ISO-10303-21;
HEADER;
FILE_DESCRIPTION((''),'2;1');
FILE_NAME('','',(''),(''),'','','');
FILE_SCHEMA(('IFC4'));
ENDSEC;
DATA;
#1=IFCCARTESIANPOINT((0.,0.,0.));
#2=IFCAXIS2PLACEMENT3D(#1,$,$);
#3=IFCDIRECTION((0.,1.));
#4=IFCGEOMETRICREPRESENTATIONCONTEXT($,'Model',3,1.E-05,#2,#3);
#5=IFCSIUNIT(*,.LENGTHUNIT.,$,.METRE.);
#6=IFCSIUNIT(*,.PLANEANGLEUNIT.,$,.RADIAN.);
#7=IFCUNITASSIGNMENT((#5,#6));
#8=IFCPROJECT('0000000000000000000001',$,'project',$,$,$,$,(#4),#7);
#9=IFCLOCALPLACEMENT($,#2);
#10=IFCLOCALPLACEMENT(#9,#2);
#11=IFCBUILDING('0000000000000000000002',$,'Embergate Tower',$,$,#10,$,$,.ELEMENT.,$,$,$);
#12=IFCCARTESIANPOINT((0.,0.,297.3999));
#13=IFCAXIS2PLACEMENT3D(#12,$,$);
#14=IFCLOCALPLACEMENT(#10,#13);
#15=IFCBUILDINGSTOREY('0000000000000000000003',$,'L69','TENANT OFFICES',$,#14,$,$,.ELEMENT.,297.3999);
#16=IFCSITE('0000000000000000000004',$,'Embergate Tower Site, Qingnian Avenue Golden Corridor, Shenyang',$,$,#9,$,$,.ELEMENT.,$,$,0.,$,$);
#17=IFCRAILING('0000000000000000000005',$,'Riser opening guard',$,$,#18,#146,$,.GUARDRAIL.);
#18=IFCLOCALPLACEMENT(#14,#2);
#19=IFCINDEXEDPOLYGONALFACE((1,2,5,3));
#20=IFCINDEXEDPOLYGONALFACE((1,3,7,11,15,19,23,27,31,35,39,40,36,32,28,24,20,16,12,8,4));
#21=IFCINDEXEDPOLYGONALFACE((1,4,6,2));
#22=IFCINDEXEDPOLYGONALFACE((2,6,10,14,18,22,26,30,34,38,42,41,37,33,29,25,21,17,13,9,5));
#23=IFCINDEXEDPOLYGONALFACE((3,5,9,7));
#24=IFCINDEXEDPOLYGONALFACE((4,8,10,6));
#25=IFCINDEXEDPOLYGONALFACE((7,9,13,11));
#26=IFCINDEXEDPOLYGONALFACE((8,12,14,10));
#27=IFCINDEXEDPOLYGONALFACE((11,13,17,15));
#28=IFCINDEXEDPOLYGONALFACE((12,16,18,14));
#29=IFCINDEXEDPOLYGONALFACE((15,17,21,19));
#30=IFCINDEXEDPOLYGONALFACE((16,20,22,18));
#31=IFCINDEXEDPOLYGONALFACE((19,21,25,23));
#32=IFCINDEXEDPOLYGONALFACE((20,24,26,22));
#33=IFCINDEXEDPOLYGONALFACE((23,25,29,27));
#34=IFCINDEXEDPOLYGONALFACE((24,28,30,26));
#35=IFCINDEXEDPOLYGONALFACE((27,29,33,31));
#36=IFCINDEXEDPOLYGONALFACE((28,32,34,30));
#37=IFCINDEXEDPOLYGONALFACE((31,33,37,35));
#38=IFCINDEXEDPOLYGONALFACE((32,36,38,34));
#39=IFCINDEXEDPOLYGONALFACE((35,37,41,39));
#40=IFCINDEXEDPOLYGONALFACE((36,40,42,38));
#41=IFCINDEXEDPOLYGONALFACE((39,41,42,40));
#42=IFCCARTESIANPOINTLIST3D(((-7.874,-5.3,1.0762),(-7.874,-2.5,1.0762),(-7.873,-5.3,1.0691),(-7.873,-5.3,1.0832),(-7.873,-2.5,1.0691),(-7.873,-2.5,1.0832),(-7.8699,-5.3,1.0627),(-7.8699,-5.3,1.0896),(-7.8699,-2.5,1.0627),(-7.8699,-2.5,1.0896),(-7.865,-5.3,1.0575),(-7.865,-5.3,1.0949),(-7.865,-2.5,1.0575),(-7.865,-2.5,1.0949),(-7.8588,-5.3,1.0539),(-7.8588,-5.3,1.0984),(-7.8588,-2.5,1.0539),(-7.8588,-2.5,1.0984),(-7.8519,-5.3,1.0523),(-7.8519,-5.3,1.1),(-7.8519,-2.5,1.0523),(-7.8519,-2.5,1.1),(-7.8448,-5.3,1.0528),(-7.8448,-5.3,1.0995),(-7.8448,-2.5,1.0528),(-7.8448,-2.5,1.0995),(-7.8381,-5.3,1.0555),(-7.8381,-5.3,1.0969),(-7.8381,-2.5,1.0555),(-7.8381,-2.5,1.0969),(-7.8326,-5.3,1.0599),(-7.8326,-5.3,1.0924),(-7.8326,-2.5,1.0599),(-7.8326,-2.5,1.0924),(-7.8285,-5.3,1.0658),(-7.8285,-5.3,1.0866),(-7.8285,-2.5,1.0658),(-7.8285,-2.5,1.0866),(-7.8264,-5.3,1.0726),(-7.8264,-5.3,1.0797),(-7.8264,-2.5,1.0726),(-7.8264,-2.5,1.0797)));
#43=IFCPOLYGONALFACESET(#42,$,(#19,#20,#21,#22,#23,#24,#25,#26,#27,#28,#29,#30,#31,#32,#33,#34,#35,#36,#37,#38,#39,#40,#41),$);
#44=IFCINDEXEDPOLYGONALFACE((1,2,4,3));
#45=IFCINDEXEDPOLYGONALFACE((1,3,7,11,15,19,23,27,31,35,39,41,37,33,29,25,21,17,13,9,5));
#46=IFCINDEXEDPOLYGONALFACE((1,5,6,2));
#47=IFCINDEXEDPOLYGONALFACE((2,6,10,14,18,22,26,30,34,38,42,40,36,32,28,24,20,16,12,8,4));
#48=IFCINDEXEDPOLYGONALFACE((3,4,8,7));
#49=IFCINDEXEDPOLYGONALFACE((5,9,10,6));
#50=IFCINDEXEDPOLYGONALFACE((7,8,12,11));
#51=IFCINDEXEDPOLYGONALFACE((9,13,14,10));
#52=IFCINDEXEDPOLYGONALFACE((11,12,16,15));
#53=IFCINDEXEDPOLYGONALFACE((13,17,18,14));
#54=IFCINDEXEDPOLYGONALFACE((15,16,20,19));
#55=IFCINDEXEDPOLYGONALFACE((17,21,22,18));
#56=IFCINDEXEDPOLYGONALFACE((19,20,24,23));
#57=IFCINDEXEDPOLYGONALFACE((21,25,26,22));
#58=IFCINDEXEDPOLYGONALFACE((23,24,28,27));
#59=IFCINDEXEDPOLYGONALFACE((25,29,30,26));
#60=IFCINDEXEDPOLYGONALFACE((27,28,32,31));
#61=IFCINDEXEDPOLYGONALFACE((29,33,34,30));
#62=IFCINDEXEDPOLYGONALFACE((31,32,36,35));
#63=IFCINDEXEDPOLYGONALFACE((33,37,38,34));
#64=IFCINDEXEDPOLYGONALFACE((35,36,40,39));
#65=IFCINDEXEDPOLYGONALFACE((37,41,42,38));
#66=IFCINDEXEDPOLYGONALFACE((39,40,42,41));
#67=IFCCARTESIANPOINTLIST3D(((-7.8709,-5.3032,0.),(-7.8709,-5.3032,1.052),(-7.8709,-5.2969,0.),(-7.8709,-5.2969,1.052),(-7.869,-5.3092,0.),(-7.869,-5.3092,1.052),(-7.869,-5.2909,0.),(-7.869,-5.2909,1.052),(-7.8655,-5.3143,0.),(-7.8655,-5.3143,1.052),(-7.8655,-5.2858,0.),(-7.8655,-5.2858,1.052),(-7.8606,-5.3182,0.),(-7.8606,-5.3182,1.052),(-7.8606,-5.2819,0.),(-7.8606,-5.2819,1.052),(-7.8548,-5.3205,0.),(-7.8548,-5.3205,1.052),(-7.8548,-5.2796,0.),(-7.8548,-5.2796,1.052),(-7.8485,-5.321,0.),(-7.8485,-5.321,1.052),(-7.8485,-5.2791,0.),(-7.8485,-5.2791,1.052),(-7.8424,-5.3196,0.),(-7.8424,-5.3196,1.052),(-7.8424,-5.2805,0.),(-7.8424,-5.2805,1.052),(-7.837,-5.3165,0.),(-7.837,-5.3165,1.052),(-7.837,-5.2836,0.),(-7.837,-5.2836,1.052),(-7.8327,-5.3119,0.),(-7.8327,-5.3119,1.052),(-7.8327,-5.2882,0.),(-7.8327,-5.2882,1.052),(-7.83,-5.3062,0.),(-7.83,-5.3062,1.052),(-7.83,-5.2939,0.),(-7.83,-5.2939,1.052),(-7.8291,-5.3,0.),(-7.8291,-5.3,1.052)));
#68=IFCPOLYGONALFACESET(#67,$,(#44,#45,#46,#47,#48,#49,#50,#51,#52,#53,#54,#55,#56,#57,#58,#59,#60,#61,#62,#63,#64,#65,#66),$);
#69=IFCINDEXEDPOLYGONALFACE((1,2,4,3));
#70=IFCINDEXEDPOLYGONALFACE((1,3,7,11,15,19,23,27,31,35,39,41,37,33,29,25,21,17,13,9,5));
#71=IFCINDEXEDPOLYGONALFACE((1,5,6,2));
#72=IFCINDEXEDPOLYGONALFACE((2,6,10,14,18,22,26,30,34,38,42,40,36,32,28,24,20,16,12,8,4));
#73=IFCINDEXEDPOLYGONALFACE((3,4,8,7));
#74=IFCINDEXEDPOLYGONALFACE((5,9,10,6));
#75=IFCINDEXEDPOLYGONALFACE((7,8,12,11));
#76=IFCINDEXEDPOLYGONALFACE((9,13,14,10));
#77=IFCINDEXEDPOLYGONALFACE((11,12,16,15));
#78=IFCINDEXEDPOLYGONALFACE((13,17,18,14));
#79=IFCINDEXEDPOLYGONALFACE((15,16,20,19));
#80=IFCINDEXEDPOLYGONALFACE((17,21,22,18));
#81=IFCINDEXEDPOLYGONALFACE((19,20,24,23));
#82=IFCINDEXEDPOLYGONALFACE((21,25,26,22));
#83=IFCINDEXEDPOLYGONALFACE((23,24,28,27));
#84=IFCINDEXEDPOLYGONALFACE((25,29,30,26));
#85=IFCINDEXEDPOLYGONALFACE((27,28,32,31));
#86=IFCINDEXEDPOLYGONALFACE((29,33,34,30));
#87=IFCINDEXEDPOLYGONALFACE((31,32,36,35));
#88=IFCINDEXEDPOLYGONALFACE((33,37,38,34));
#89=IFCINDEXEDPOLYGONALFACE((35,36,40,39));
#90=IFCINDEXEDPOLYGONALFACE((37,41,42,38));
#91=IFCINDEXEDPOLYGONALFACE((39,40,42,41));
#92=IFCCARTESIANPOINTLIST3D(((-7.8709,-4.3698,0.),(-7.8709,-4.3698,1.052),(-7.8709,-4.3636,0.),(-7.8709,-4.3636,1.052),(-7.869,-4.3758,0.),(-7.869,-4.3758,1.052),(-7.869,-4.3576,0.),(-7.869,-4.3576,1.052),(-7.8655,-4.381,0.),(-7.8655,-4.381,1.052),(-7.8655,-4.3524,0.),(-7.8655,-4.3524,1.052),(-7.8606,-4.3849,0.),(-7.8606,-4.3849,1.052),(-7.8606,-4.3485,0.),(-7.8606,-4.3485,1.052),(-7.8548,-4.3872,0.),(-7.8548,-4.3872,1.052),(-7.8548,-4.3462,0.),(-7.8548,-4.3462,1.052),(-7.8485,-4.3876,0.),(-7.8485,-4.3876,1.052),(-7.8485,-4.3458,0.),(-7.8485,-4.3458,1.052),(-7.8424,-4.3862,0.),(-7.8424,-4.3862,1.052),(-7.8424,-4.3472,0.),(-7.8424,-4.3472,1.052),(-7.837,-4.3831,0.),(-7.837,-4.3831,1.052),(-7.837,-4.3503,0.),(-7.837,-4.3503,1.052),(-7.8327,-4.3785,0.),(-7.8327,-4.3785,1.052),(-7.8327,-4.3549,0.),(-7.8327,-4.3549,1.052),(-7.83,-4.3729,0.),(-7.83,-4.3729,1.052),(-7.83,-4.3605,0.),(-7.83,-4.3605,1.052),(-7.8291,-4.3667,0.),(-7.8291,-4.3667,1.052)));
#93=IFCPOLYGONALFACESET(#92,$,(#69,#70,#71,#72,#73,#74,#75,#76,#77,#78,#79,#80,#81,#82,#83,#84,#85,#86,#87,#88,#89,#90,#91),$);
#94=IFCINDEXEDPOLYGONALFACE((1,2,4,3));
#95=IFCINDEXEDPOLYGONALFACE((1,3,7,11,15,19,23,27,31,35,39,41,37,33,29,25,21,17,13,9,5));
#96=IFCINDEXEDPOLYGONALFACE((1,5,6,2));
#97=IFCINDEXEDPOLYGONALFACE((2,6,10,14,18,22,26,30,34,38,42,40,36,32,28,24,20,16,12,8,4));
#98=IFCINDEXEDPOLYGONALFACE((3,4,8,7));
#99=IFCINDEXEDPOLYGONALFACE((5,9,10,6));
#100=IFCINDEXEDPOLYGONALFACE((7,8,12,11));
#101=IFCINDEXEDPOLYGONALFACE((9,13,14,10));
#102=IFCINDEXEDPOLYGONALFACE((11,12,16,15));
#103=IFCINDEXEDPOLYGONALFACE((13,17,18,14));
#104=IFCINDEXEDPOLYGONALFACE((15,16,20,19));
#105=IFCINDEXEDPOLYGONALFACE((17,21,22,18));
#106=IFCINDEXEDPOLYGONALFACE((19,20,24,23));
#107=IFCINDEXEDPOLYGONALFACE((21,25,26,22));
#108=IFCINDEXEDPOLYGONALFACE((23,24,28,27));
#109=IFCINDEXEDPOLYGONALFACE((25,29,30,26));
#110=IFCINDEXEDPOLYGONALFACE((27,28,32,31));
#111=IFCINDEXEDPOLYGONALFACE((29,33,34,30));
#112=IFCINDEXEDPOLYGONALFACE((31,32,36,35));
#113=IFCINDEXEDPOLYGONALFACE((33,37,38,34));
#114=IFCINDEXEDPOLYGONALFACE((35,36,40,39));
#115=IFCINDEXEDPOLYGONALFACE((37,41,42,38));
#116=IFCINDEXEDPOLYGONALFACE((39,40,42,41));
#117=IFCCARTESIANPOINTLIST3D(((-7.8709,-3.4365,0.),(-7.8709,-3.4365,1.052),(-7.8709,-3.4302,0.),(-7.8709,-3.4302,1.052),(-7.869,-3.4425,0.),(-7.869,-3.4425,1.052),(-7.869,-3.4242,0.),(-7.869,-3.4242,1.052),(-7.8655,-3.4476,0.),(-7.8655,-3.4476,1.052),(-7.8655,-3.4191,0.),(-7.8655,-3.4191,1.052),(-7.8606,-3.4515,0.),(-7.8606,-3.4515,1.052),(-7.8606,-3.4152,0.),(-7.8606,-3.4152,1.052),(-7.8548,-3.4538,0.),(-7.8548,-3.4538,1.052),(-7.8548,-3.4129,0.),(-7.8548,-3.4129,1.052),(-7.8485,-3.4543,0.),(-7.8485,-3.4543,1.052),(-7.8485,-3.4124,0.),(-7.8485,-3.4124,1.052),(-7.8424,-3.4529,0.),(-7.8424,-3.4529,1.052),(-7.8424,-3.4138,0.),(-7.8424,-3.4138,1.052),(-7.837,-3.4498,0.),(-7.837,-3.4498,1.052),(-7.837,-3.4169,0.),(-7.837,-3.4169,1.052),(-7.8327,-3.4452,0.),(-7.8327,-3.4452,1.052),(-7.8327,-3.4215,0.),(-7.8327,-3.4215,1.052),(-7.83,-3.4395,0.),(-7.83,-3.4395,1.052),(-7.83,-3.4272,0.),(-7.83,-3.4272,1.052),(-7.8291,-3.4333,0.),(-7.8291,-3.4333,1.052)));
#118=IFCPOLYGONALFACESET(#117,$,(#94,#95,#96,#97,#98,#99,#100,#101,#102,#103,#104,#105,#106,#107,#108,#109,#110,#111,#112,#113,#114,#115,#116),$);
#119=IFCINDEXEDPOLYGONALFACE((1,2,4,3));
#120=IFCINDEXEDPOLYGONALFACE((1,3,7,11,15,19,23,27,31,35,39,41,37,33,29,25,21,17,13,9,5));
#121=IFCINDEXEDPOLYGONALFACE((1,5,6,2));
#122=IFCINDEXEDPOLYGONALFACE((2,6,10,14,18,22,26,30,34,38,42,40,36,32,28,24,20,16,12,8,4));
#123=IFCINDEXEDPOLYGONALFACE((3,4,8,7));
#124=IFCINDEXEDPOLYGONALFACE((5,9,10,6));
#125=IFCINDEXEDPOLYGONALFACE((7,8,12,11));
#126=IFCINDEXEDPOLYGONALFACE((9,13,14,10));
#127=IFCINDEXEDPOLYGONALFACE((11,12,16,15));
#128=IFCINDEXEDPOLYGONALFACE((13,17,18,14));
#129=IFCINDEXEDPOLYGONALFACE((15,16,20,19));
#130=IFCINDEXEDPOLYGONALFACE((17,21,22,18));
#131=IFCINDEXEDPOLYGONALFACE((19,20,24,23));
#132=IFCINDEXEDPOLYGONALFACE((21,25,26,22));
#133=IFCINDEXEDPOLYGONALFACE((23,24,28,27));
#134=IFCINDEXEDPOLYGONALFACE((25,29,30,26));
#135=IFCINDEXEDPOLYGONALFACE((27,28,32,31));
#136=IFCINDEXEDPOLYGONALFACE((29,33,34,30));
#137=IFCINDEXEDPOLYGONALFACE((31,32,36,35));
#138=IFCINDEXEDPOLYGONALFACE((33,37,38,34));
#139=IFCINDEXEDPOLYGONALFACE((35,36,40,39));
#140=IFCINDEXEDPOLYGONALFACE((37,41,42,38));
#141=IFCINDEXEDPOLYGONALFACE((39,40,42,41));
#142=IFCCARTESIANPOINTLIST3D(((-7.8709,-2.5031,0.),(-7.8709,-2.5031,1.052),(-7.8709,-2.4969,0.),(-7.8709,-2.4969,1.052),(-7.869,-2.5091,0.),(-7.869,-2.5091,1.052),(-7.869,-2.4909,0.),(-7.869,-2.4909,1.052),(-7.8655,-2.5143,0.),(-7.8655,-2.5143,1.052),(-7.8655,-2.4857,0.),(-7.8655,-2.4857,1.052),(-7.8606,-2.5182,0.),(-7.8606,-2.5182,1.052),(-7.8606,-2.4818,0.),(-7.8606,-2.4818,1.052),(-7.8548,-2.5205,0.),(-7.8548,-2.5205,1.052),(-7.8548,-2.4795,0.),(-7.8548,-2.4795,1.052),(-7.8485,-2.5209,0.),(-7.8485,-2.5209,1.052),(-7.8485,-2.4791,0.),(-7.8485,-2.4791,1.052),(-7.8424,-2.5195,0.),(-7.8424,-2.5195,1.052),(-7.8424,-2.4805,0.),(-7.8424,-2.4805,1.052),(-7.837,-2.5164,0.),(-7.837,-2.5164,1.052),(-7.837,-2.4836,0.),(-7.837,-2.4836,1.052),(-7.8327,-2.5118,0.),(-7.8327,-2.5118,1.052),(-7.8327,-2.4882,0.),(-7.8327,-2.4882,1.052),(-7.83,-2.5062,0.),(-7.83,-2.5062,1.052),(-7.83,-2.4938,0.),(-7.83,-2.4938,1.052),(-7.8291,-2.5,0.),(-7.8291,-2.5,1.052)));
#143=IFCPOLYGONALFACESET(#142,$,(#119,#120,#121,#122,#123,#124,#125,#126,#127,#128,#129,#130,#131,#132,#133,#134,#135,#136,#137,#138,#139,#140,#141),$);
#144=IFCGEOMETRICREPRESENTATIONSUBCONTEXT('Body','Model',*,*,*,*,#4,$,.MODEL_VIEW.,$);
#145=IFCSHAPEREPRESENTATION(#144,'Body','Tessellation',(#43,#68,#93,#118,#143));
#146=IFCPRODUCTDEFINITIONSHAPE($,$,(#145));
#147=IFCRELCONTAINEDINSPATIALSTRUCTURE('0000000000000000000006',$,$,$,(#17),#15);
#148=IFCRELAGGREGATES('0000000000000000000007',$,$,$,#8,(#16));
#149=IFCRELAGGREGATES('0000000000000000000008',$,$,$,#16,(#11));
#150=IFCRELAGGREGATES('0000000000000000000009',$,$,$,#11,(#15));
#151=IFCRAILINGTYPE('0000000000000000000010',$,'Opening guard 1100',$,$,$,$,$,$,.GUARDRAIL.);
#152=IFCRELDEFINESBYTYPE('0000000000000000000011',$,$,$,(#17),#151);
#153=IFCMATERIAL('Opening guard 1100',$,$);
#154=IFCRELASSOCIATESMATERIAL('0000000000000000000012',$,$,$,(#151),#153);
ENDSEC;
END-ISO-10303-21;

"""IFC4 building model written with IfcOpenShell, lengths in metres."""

from ifc_helpers import new_model, si_unit, direction, frame, origin, origin_2d, place, context, subcontext, project, spatial, circle, extrude, source, transform, mapped, material, type_object, element, save


model = new_model("IFC4")

# Units and contexts
model_context = context("Model", 3, precision=1e-05, world=origin(), true_north=direction((0.0, 1.0)))
body_context = subcontext(model_context, "Body", "Model", "MODEL_VIEW")
ifc_project = project(units=[si_unit("LENGTHUNIT", "METRE"), si_unit("PLANEANGLEUNIT", "RADIAN")], contexts=[model_context])

# Site, building, storey
site_placement = place(None, origin())
site = spatial("IfcSite", under=ifc_project, at=site_placement, Name="Embergate Tower Site, Qingnian Avenue Golden Corridor, Shenyang", CompositionType="ELEMENT", RefElevation=0.0)
building_placement = place(site_placement, origin())
building = spatial("IfcBuilding", under=site, at=building_placement, Name="Embergate Tower", CompositionType="ELEMENT")
storey_placement = place(building_placement, frame((0.0, 0.0, 297.3999)))
storey = spatial("IfcBuildingStorey", under=building, at=storey_placement, Name="L69", Description="TENANT OFFICES", CompositionType="ELEMENT", Elevation=297.3999)

# Railing
ifc_material_1 = material(Name="Opening guard 1100")
railing_type_1 = type_object("IfcRailingType", Name="Opening guard 1100", PredefinedType="GUARDRAIL", material=ifc_material_1)
shared_shape_1 = source(origin(), body_context, "Body", "SweptSolid", [
    extrude(circle(Radius=0.0239, at=origin_2d()), frame((0.0, 0.0, 1.0762), z_axis=(0.0, 1.0, 0.0), x_axis=(-1.0, 0.0, 0.0)), (0.0, 0.0, 1.0), 2.8),
    extrude(circle(Radius=0.021, at=origin_2d()), origin(), (0.0, 0.0, 1.0), 1.052),
    extrude(circle(Radius=0.021, at=origin_2d()), frame((0.0, 0.9333, 0.0)), (0.0, 0.0, 1.0), 1.052),
    extrude(circle(Radius=0.021, at=origin_2d()), frame((0.0, 1.8667, 0.0)), (0.0, 0.0, 1.0), 1.052),
    extrude(circle(Radius=0.021, at=origin_2d()), frame((0.0, 2.8, 0.0)), (0.0, 0.0, 1.0), 1.052),
])
railing_1_placement = place(storey_placement, frame((-7.8501, -5.3, 0.0)))
element("IfcRailing", 1, at=railing_1_placement, inside=storey, type_object=railing_type_1, Name="Riser opening guard", PredefinedType="GUARDRAIL", context=body_context, shape_type="MappedRepresentation", body=[
    mapped(shared_shape_1, transform((0.0, 0.0, 0.0))),
])

save(model, "model.ifc")
